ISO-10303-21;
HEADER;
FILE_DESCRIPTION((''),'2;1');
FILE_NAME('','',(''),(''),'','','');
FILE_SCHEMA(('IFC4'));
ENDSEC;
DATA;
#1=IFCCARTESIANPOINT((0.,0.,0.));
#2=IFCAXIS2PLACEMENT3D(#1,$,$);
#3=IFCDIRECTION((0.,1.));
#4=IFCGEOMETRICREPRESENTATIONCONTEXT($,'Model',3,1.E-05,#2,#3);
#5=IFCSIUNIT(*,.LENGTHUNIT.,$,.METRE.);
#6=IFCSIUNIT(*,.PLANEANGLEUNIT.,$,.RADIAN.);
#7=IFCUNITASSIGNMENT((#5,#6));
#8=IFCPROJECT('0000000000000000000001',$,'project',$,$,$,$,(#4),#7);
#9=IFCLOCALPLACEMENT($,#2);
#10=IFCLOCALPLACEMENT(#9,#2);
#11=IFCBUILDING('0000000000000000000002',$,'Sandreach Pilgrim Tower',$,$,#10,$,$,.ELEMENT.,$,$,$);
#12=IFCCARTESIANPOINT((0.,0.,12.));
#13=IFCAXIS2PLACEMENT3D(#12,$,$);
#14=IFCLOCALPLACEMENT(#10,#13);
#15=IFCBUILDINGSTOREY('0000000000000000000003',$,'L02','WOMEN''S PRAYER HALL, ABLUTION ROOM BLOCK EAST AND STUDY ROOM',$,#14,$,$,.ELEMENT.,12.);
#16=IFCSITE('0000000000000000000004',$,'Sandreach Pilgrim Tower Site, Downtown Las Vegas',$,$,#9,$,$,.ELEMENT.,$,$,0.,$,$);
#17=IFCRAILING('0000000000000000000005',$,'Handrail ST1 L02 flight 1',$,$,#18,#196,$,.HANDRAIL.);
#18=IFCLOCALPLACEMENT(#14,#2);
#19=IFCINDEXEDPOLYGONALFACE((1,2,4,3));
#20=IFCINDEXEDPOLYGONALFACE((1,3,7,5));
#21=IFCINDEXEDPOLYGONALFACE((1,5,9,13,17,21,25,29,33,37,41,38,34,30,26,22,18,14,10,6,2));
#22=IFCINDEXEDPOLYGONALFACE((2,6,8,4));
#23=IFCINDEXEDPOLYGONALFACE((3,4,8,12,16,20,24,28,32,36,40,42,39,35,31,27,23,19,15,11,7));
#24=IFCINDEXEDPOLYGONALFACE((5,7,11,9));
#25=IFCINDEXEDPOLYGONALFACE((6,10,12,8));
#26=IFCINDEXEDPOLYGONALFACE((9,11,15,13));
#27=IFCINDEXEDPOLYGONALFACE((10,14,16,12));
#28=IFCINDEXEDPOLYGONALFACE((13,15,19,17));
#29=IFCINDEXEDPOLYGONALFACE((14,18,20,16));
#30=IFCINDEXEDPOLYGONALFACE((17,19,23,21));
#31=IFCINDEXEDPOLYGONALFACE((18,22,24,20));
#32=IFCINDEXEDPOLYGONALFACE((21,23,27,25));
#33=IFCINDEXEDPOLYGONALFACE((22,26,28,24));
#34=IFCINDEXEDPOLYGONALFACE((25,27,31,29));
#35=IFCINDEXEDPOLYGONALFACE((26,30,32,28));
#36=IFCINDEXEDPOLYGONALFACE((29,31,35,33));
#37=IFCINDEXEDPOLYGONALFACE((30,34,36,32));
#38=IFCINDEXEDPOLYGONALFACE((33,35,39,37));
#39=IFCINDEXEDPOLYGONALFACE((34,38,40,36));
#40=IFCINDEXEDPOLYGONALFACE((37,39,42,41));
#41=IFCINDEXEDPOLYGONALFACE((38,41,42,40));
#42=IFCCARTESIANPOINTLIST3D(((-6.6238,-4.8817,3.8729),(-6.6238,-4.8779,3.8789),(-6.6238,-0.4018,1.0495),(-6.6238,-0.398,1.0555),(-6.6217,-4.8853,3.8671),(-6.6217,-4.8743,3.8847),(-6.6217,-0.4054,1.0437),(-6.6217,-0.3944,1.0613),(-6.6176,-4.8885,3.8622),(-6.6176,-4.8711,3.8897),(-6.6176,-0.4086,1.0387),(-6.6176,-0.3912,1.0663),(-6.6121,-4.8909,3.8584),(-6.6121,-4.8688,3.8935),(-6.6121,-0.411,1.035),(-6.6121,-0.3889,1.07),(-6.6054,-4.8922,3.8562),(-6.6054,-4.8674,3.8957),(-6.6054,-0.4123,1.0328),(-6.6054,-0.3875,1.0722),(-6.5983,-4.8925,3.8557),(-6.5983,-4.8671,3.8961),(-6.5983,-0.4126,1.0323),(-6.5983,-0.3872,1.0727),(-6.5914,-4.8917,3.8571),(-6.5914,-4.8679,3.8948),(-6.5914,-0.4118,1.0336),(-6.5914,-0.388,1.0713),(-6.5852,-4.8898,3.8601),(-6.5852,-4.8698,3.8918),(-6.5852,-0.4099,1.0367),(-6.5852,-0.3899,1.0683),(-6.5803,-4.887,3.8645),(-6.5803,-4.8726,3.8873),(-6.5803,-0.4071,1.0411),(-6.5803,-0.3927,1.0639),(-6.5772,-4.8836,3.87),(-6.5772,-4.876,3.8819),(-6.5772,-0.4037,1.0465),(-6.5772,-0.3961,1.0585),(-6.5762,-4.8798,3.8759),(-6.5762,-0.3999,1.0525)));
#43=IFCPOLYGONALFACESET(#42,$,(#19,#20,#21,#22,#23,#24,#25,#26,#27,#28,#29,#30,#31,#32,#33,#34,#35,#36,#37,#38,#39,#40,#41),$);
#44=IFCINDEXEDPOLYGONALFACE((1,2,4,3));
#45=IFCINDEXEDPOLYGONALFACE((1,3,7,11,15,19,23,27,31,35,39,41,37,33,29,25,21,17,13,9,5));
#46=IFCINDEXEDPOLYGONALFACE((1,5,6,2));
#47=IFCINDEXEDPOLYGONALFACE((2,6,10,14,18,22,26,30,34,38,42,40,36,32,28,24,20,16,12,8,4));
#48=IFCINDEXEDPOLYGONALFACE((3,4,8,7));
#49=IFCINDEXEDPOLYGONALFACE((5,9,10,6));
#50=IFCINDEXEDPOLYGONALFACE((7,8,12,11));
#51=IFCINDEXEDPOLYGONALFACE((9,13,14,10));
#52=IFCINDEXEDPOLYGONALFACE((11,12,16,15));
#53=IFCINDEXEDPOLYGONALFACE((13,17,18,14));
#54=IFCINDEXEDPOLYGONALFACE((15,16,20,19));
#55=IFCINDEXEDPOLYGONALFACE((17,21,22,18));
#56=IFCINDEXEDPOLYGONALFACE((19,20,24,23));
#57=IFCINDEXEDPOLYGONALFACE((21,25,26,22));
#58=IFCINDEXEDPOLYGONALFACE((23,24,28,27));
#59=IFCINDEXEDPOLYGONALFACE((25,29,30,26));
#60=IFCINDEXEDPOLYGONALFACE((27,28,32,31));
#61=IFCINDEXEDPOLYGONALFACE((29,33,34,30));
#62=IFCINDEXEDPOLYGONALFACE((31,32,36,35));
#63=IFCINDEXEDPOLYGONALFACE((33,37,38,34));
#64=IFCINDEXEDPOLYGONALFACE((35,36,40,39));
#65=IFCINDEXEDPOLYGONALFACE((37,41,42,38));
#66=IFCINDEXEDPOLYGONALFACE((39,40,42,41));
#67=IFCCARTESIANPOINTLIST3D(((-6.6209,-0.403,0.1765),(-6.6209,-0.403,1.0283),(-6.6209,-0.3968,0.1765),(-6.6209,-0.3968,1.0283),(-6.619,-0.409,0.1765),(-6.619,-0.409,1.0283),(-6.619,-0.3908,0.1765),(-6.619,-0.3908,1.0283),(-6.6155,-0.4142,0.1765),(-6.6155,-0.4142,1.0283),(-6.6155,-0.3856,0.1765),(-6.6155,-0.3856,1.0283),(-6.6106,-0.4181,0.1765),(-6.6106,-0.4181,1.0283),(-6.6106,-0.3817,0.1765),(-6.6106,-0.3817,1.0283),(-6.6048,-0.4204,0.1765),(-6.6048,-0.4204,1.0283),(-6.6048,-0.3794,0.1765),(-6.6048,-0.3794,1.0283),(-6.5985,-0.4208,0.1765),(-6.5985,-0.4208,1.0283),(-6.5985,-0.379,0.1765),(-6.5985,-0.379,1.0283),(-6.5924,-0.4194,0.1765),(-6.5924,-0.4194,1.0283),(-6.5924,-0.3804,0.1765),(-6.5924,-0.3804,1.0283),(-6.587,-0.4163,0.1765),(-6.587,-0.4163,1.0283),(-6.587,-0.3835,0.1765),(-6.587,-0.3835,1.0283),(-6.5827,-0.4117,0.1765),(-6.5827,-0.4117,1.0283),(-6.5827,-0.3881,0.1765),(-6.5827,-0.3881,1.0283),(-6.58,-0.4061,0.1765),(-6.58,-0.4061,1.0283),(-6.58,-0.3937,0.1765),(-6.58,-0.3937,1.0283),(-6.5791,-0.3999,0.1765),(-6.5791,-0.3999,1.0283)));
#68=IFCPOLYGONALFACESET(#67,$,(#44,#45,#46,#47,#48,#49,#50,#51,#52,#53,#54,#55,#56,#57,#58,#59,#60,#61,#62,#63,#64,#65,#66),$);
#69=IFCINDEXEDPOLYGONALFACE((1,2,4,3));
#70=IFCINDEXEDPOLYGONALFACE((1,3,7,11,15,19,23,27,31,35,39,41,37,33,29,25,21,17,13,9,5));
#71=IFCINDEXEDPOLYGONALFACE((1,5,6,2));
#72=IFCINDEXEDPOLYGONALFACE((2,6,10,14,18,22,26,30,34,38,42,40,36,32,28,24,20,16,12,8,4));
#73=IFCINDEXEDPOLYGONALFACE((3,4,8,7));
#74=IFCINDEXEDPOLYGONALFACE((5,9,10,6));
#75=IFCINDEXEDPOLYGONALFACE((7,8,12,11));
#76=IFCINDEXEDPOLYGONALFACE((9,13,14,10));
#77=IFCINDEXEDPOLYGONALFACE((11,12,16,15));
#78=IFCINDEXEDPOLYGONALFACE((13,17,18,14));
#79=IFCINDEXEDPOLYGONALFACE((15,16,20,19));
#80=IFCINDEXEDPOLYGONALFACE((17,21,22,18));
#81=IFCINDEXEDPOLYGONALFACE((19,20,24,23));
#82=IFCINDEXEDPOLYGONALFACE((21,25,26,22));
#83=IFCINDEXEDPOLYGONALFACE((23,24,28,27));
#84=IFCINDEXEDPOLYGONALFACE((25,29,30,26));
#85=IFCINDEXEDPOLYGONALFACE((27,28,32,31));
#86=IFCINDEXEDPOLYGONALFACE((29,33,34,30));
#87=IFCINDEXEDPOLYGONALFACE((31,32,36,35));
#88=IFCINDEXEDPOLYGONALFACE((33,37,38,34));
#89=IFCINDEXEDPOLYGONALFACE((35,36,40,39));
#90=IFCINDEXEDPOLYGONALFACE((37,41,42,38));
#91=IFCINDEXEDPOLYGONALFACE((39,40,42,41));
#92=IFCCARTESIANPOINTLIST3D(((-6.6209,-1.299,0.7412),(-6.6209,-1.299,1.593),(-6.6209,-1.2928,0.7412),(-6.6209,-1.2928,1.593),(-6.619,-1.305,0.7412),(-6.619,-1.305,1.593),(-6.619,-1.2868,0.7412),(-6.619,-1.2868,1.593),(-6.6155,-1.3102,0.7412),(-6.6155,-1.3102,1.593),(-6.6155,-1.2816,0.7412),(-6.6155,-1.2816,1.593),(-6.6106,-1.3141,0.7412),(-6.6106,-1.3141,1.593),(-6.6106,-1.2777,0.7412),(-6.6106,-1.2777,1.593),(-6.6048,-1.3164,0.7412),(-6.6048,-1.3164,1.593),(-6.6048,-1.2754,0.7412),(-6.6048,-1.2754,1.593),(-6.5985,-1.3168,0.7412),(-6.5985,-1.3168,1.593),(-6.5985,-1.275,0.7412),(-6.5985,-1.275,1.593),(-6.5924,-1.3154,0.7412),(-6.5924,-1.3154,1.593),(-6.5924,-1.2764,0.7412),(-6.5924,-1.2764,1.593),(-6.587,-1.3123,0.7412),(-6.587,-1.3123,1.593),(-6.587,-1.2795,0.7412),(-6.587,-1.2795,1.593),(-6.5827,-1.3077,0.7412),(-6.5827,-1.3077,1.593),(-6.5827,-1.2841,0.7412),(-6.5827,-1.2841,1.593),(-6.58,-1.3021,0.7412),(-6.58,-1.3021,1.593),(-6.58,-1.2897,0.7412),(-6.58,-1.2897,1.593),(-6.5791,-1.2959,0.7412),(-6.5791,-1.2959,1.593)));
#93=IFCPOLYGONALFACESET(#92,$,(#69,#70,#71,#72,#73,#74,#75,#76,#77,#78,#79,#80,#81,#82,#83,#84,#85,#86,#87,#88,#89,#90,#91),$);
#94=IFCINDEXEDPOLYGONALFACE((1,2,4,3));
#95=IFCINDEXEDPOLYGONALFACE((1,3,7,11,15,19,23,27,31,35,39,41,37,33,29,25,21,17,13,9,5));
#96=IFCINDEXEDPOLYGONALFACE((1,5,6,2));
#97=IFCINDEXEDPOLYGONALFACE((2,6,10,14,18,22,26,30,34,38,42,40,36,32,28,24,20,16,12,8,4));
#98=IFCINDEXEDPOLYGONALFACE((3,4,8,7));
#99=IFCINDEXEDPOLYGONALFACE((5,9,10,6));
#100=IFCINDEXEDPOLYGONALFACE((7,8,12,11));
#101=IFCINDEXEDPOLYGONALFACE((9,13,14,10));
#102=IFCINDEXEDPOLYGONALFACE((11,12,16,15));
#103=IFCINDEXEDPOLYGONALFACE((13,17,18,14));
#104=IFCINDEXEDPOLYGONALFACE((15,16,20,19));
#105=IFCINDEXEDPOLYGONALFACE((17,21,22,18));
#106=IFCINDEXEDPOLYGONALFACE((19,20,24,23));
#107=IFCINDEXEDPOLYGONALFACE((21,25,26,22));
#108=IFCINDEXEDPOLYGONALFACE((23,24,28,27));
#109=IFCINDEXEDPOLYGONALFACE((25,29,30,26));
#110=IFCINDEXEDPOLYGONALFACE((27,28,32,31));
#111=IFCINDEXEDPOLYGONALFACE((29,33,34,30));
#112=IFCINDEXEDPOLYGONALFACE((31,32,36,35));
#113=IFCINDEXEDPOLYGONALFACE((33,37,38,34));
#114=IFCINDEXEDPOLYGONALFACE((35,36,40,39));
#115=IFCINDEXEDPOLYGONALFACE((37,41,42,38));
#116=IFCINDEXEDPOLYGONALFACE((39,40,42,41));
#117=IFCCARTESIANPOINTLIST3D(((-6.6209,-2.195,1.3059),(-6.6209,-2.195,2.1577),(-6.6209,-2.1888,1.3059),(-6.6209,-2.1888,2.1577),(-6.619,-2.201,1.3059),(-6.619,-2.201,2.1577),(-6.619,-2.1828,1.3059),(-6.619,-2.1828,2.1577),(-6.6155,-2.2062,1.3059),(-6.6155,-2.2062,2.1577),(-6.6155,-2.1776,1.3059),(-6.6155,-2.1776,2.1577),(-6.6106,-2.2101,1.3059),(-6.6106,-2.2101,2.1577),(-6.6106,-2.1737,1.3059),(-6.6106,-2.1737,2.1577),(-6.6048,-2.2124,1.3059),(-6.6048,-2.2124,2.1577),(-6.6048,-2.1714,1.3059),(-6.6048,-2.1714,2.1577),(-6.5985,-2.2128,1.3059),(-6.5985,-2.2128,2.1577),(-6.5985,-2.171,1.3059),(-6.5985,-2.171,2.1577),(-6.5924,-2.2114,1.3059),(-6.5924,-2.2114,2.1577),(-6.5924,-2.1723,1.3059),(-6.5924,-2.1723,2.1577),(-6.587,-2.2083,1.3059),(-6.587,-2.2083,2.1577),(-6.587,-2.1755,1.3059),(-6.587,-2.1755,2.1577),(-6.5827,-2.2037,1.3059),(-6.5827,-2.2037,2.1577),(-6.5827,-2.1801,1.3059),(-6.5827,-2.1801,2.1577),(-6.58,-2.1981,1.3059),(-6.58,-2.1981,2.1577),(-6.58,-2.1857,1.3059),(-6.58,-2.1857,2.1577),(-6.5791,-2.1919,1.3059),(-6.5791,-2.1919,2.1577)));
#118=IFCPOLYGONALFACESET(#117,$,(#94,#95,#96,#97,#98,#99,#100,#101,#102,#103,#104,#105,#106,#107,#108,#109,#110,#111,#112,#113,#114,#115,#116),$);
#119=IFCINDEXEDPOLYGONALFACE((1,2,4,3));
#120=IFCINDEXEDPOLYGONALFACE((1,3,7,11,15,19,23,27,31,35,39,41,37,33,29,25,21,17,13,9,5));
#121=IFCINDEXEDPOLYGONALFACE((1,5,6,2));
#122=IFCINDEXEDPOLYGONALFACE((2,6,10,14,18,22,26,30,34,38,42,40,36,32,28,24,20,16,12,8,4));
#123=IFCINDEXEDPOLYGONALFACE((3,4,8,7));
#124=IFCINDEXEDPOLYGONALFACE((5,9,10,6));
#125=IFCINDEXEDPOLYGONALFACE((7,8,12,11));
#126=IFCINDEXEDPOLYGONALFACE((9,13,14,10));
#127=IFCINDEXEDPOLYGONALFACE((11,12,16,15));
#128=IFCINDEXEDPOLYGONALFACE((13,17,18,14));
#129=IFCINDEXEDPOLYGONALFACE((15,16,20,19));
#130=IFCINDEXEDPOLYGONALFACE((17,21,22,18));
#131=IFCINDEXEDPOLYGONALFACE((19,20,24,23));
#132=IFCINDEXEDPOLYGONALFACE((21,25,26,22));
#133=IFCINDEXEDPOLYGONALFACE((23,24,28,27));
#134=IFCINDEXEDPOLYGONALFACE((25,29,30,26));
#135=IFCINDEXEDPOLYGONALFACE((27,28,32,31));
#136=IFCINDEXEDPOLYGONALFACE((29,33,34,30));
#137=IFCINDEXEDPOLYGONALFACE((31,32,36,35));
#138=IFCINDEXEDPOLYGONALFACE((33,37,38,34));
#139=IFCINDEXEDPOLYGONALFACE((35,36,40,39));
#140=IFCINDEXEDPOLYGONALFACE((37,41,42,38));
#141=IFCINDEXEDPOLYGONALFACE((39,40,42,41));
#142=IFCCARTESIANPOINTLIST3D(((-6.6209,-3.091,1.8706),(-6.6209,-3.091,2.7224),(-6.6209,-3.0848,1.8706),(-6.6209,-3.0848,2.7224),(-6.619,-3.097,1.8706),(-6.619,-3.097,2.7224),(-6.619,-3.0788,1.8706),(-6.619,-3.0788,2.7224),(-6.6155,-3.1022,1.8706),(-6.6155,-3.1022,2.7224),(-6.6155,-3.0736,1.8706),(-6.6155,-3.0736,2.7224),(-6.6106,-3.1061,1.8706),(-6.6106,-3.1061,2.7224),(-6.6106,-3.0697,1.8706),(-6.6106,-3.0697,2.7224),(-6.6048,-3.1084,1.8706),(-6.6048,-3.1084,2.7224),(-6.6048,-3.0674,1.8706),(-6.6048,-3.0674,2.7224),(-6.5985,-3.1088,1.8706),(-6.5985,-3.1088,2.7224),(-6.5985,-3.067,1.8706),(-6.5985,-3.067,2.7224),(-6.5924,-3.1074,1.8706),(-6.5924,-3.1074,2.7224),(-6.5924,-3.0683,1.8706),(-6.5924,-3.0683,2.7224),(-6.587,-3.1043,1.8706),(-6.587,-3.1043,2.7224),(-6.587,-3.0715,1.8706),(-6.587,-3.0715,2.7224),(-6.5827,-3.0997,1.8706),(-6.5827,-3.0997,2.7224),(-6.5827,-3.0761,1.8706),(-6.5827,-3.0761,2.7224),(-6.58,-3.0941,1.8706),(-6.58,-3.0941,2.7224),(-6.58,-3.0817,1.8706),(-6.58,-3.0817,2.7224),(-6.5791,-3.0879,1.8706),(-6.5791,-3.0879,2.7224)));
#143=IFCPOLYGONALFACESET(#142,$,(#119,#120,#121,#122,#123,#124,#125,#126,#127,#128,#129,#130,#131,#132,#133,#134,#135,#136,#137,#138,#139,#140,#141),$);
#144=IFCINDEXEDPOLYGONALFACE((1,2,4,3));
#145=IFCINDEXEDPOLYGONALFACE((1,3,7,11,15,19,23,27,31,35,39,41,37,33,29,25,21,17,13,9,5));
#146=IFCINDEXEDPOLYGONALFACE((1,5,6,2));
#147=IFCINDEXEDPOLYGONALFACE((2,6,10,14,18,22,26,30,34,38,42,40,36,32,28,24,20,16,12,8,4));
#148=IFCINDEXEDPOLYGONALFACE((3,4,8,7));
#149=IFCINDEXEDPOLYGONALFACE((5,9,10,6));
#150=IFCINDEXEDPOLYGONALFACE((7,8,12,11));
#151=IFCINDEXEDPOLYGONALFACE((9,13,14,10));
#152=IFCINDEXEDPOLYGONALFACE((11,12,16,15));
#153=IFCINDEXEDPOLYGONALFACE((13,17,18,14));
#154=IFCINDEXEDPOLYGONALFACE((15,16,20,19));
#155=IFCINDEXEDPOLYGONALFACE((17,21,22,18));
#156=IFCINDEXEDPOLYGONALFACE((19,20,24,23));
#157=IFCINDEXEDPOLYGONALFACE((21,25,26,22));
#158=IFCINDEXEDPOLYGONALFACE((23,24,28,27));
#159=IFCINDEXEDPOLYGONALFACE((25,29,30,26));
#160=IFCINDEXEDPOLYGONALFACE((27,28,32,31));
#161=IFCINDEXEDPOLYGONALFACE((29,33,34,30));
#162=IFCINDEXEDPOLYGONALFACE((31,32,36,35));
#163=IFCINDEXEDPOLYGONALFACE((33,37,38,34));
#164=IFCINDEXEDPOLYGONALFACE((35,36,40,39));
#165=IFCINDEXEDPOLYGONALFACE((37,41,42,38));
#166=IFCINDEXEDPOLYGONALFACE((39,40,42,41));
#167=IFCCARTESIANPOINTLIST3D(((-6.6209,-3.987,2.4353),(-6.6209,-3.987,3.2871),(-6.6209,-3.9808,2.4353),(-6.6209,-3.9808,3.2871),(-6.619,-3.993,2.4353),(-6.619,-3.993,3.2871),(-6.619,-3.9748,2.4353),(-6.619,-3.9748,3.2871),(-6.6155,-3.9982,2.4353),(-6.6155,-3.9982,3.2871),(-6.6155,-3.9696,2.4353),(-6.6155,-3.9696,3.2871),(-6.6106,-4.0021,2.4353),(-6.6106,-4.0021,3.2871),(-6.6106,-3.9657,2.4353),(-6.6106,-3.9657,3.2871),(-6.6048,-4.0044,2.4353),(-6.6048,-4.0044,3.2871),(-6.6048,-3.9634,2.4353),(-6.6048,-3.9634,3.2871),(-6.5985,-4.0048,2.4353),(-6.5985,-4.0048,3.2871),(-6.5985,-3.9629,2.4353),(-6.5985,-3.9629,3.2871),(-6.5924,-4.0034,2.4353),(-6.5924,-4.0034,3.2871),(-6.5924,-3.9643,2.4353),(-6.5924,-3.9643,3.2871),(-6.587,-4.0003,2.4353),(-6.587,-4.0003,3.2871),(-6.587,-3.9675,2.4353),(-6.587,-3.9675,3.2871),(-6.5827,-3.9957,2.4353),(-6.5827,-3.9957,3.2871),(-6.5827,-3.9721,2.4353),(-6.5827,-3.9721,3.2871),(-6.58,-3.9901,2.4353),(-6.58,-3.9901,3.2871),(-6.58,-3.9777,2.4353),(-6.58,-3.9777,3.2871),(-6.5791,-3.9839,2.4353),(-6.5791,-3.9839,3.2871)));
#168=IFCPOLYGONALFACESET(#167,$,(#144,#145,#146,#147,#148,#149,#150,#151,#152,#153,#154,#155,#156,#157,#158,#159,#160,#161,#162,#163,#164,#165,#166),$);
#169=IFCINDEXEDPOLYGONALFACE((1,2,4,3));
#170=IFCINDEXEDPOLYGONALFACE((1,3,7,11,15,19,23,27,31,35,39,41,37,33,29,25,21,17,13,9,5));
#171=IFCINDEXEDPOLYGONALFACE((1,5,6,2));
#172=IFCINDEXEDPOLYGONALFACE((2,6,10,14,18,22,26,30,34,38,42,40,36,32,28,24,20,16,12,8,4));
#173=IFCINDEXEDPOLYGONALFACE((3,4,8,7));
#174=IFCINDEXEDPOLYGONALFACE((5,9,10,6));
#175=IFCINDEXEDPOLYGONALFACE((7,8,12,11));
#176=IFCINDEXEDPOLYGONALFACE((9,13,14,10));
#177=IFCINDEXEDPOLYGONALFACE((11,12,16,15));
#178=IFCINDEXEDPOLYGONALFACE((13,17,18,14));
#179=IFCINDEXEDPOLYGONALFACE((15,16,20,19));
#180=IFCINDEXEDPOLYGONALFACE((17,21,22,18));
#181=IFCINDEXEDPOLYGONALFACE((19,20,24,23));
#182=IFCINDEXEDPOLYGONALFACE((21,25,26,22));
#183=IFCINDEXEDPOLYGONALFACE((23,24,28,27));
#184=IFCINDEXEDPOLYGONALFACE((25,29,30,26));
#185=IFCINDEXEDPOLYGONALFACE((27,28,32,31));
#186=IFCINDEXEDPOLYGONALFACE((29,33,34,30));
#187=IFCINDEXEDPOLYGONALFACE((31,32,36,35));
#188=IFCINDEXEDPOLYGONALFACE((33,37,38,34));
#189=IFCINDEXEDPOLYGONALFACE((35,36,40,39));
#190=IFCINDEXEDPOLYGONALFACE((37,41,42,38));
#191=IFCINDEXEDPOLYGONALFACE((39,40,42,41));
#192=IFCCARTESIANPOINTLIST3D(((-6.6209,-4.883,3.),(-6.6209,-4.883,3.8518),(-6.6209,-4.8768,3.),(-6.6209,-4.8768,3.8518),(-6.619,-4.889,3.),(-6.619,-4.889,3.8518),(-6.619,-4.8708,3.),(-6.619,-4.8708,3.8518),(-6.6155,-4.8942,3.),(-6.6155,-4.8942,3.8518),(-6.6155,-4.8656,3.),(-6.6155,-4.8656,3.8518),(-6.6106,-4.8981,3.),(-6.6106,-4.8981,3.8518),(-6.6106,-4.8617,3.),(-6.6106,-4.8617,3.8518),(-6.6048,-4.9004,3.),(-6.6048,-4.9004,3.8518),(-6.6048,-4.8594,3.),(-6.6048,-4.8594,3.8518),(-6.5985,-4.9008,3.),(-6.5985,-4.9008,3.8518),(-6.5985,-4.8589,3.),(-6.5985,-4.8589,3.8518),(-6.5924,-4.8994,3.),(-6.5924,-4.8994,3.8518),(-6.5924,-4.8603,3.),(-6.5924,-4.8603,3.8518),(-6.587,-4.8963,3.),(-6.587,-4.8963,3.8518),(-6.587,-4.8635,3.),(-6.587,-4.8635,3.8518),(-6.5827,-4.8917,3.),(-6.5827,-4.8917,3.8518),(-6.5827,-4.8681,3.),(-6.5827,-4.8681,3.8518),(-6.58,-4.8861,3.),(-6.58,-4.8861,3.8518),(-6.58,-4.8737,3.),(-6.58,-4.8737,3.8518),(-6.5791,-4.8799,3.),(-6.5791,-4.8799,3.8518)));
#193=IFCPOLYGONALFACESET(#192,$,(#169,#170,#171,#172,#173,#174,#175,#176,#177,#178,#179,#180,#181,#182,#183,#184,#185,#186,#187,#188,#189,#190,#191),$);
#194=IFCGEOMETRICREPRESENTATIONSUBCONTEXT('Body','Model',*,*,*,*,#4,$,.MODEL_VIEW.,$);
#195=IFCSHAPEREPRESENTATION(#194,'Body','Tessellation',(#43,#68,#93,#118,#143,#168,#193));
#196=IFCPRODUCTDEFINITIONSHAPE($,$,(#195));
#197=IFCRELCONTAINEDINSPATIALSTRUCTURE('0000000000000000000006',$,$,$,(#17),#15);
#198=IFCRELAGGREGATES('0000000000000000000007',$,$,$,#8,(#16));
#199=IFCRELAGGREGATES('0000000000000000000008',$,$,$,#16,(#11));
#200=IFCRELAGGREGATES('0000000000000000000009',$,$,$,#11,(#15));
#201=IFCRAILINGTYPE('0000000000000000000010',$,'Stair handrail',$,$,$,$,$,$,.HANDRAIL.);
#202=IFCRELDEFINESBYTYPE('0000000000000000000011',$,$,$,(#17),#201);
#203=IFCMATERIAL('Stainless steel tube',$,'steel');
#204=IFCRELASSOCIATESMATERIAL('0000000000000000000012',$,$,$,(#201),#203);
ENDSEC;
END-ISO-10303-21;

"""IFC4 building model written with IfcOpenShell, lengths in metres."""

from ifc_helpers import new_model, si_unit, direction, frame, origin, origin_2d, place, context, subcontext, project, spatial, circle, extrude, material, type_object, element, save


model = new_model("IFC4")

# Units and contexts
model_context = context("Model", 3, precision=1e-05, world=origin(), true_north=direction((0.0, 1.0)))
body_context = subcontext(model_context, "Body", "Model", "MODEL_VIEW")
ifc_project = project(units=[si_unit("LENGTHUNIT", "METRE"), si_unit("PLANEANGLEUNIT", "RADIAN")], contexts=[model_context])

# Site, building, storey
site_placement = place(None, origin())
site = spatial("IfcSite", under=ifc_project, at=site_placement, Name="Sandreach Pilgrim Tower Site, Downtown Las Vegas", CompositionType="ELEMENT", RefElevation=0.0)
building_placement = place(site_placement, origin())
building = spatial("IfcBuilding", under=site, at=building_placement, Name="Sandreach Pilgrim Tower", CompositionType="ELEMENT")
storey_placement = place(building_placement, frame((0.0, 0.0, 12.0)))
storey = spatial("IfcBuildingStorey", under=building, at=storey_placement, Name="L02", Description="WOMEN'S PRAYER HALL, ABLUTION ROOM BLOCK EAST AND STUDY ROOM", CompositionType="ELEMENT", Elevation=12.0)

# Railing
ifc_material_1 = material(Name="Stainless steel tube", Category="steel")
railing_type = type_object("IfcRailingType", Name="Stair handrail", PredefinedType="HANDRAIL", material=ifc_material_1)
for number, where, name in (
    (1, (-6.6001, -0.3999, 0.1765), "Handrail ST1 L02 flight 1"),
):
    element("IfcRailing", number, at=place(storey_placement, frame(where)), inside=storey, type_object=railing_type, Name=name, PredefinedType="HANDRAIL", context=body_context, shape_type="SweptSolid", body=[
        extrude(circle(Radius=0.0239, at=origin_2d()), frame((0.0, 0.0, 0.876), z_axis=(0.0, -0.845998, 0.533186), x_axis=(1.0, 0.0, 0.0)), (0.0, 0.0, 1.0), 5.2954),
        extrude(circle(Radius=0.021, at=origin_2d()), origin(), (0.0, 0.0, 1.0), 0.8518),
        extrude(circle(Radius=0.021, at=origin_2d()), frame((0.0, -0.896, 0.5647)), (0.0, 0.0, 1.0), 0.8518),
        extrude(circle(Radius=0.021, at=origin_2d()), frame((0.0, -1.792, 1.1294)), (0.0, 0.0, 1.0), 0.8518),
        extrude(circle(Radius=0.021, at=origin_2d()), frame((0.0, -2.688, 1.6941)), (0.0, 0.0, 1.0), 0.8518),
        extrude(circle(Radius=0.021, at=origin_2d()), frame((0.0, -3.584, 2.2588)), (0.0, 0.0, 1.0), 0.8518),
        extrude(circle(Radius=0.021, at=origin_2d()), frame((0.0, -4.48, 2.8235)), (0.0, 0.0, 1.0), 0.8518),
    ])

save(model, "model.ifc")
